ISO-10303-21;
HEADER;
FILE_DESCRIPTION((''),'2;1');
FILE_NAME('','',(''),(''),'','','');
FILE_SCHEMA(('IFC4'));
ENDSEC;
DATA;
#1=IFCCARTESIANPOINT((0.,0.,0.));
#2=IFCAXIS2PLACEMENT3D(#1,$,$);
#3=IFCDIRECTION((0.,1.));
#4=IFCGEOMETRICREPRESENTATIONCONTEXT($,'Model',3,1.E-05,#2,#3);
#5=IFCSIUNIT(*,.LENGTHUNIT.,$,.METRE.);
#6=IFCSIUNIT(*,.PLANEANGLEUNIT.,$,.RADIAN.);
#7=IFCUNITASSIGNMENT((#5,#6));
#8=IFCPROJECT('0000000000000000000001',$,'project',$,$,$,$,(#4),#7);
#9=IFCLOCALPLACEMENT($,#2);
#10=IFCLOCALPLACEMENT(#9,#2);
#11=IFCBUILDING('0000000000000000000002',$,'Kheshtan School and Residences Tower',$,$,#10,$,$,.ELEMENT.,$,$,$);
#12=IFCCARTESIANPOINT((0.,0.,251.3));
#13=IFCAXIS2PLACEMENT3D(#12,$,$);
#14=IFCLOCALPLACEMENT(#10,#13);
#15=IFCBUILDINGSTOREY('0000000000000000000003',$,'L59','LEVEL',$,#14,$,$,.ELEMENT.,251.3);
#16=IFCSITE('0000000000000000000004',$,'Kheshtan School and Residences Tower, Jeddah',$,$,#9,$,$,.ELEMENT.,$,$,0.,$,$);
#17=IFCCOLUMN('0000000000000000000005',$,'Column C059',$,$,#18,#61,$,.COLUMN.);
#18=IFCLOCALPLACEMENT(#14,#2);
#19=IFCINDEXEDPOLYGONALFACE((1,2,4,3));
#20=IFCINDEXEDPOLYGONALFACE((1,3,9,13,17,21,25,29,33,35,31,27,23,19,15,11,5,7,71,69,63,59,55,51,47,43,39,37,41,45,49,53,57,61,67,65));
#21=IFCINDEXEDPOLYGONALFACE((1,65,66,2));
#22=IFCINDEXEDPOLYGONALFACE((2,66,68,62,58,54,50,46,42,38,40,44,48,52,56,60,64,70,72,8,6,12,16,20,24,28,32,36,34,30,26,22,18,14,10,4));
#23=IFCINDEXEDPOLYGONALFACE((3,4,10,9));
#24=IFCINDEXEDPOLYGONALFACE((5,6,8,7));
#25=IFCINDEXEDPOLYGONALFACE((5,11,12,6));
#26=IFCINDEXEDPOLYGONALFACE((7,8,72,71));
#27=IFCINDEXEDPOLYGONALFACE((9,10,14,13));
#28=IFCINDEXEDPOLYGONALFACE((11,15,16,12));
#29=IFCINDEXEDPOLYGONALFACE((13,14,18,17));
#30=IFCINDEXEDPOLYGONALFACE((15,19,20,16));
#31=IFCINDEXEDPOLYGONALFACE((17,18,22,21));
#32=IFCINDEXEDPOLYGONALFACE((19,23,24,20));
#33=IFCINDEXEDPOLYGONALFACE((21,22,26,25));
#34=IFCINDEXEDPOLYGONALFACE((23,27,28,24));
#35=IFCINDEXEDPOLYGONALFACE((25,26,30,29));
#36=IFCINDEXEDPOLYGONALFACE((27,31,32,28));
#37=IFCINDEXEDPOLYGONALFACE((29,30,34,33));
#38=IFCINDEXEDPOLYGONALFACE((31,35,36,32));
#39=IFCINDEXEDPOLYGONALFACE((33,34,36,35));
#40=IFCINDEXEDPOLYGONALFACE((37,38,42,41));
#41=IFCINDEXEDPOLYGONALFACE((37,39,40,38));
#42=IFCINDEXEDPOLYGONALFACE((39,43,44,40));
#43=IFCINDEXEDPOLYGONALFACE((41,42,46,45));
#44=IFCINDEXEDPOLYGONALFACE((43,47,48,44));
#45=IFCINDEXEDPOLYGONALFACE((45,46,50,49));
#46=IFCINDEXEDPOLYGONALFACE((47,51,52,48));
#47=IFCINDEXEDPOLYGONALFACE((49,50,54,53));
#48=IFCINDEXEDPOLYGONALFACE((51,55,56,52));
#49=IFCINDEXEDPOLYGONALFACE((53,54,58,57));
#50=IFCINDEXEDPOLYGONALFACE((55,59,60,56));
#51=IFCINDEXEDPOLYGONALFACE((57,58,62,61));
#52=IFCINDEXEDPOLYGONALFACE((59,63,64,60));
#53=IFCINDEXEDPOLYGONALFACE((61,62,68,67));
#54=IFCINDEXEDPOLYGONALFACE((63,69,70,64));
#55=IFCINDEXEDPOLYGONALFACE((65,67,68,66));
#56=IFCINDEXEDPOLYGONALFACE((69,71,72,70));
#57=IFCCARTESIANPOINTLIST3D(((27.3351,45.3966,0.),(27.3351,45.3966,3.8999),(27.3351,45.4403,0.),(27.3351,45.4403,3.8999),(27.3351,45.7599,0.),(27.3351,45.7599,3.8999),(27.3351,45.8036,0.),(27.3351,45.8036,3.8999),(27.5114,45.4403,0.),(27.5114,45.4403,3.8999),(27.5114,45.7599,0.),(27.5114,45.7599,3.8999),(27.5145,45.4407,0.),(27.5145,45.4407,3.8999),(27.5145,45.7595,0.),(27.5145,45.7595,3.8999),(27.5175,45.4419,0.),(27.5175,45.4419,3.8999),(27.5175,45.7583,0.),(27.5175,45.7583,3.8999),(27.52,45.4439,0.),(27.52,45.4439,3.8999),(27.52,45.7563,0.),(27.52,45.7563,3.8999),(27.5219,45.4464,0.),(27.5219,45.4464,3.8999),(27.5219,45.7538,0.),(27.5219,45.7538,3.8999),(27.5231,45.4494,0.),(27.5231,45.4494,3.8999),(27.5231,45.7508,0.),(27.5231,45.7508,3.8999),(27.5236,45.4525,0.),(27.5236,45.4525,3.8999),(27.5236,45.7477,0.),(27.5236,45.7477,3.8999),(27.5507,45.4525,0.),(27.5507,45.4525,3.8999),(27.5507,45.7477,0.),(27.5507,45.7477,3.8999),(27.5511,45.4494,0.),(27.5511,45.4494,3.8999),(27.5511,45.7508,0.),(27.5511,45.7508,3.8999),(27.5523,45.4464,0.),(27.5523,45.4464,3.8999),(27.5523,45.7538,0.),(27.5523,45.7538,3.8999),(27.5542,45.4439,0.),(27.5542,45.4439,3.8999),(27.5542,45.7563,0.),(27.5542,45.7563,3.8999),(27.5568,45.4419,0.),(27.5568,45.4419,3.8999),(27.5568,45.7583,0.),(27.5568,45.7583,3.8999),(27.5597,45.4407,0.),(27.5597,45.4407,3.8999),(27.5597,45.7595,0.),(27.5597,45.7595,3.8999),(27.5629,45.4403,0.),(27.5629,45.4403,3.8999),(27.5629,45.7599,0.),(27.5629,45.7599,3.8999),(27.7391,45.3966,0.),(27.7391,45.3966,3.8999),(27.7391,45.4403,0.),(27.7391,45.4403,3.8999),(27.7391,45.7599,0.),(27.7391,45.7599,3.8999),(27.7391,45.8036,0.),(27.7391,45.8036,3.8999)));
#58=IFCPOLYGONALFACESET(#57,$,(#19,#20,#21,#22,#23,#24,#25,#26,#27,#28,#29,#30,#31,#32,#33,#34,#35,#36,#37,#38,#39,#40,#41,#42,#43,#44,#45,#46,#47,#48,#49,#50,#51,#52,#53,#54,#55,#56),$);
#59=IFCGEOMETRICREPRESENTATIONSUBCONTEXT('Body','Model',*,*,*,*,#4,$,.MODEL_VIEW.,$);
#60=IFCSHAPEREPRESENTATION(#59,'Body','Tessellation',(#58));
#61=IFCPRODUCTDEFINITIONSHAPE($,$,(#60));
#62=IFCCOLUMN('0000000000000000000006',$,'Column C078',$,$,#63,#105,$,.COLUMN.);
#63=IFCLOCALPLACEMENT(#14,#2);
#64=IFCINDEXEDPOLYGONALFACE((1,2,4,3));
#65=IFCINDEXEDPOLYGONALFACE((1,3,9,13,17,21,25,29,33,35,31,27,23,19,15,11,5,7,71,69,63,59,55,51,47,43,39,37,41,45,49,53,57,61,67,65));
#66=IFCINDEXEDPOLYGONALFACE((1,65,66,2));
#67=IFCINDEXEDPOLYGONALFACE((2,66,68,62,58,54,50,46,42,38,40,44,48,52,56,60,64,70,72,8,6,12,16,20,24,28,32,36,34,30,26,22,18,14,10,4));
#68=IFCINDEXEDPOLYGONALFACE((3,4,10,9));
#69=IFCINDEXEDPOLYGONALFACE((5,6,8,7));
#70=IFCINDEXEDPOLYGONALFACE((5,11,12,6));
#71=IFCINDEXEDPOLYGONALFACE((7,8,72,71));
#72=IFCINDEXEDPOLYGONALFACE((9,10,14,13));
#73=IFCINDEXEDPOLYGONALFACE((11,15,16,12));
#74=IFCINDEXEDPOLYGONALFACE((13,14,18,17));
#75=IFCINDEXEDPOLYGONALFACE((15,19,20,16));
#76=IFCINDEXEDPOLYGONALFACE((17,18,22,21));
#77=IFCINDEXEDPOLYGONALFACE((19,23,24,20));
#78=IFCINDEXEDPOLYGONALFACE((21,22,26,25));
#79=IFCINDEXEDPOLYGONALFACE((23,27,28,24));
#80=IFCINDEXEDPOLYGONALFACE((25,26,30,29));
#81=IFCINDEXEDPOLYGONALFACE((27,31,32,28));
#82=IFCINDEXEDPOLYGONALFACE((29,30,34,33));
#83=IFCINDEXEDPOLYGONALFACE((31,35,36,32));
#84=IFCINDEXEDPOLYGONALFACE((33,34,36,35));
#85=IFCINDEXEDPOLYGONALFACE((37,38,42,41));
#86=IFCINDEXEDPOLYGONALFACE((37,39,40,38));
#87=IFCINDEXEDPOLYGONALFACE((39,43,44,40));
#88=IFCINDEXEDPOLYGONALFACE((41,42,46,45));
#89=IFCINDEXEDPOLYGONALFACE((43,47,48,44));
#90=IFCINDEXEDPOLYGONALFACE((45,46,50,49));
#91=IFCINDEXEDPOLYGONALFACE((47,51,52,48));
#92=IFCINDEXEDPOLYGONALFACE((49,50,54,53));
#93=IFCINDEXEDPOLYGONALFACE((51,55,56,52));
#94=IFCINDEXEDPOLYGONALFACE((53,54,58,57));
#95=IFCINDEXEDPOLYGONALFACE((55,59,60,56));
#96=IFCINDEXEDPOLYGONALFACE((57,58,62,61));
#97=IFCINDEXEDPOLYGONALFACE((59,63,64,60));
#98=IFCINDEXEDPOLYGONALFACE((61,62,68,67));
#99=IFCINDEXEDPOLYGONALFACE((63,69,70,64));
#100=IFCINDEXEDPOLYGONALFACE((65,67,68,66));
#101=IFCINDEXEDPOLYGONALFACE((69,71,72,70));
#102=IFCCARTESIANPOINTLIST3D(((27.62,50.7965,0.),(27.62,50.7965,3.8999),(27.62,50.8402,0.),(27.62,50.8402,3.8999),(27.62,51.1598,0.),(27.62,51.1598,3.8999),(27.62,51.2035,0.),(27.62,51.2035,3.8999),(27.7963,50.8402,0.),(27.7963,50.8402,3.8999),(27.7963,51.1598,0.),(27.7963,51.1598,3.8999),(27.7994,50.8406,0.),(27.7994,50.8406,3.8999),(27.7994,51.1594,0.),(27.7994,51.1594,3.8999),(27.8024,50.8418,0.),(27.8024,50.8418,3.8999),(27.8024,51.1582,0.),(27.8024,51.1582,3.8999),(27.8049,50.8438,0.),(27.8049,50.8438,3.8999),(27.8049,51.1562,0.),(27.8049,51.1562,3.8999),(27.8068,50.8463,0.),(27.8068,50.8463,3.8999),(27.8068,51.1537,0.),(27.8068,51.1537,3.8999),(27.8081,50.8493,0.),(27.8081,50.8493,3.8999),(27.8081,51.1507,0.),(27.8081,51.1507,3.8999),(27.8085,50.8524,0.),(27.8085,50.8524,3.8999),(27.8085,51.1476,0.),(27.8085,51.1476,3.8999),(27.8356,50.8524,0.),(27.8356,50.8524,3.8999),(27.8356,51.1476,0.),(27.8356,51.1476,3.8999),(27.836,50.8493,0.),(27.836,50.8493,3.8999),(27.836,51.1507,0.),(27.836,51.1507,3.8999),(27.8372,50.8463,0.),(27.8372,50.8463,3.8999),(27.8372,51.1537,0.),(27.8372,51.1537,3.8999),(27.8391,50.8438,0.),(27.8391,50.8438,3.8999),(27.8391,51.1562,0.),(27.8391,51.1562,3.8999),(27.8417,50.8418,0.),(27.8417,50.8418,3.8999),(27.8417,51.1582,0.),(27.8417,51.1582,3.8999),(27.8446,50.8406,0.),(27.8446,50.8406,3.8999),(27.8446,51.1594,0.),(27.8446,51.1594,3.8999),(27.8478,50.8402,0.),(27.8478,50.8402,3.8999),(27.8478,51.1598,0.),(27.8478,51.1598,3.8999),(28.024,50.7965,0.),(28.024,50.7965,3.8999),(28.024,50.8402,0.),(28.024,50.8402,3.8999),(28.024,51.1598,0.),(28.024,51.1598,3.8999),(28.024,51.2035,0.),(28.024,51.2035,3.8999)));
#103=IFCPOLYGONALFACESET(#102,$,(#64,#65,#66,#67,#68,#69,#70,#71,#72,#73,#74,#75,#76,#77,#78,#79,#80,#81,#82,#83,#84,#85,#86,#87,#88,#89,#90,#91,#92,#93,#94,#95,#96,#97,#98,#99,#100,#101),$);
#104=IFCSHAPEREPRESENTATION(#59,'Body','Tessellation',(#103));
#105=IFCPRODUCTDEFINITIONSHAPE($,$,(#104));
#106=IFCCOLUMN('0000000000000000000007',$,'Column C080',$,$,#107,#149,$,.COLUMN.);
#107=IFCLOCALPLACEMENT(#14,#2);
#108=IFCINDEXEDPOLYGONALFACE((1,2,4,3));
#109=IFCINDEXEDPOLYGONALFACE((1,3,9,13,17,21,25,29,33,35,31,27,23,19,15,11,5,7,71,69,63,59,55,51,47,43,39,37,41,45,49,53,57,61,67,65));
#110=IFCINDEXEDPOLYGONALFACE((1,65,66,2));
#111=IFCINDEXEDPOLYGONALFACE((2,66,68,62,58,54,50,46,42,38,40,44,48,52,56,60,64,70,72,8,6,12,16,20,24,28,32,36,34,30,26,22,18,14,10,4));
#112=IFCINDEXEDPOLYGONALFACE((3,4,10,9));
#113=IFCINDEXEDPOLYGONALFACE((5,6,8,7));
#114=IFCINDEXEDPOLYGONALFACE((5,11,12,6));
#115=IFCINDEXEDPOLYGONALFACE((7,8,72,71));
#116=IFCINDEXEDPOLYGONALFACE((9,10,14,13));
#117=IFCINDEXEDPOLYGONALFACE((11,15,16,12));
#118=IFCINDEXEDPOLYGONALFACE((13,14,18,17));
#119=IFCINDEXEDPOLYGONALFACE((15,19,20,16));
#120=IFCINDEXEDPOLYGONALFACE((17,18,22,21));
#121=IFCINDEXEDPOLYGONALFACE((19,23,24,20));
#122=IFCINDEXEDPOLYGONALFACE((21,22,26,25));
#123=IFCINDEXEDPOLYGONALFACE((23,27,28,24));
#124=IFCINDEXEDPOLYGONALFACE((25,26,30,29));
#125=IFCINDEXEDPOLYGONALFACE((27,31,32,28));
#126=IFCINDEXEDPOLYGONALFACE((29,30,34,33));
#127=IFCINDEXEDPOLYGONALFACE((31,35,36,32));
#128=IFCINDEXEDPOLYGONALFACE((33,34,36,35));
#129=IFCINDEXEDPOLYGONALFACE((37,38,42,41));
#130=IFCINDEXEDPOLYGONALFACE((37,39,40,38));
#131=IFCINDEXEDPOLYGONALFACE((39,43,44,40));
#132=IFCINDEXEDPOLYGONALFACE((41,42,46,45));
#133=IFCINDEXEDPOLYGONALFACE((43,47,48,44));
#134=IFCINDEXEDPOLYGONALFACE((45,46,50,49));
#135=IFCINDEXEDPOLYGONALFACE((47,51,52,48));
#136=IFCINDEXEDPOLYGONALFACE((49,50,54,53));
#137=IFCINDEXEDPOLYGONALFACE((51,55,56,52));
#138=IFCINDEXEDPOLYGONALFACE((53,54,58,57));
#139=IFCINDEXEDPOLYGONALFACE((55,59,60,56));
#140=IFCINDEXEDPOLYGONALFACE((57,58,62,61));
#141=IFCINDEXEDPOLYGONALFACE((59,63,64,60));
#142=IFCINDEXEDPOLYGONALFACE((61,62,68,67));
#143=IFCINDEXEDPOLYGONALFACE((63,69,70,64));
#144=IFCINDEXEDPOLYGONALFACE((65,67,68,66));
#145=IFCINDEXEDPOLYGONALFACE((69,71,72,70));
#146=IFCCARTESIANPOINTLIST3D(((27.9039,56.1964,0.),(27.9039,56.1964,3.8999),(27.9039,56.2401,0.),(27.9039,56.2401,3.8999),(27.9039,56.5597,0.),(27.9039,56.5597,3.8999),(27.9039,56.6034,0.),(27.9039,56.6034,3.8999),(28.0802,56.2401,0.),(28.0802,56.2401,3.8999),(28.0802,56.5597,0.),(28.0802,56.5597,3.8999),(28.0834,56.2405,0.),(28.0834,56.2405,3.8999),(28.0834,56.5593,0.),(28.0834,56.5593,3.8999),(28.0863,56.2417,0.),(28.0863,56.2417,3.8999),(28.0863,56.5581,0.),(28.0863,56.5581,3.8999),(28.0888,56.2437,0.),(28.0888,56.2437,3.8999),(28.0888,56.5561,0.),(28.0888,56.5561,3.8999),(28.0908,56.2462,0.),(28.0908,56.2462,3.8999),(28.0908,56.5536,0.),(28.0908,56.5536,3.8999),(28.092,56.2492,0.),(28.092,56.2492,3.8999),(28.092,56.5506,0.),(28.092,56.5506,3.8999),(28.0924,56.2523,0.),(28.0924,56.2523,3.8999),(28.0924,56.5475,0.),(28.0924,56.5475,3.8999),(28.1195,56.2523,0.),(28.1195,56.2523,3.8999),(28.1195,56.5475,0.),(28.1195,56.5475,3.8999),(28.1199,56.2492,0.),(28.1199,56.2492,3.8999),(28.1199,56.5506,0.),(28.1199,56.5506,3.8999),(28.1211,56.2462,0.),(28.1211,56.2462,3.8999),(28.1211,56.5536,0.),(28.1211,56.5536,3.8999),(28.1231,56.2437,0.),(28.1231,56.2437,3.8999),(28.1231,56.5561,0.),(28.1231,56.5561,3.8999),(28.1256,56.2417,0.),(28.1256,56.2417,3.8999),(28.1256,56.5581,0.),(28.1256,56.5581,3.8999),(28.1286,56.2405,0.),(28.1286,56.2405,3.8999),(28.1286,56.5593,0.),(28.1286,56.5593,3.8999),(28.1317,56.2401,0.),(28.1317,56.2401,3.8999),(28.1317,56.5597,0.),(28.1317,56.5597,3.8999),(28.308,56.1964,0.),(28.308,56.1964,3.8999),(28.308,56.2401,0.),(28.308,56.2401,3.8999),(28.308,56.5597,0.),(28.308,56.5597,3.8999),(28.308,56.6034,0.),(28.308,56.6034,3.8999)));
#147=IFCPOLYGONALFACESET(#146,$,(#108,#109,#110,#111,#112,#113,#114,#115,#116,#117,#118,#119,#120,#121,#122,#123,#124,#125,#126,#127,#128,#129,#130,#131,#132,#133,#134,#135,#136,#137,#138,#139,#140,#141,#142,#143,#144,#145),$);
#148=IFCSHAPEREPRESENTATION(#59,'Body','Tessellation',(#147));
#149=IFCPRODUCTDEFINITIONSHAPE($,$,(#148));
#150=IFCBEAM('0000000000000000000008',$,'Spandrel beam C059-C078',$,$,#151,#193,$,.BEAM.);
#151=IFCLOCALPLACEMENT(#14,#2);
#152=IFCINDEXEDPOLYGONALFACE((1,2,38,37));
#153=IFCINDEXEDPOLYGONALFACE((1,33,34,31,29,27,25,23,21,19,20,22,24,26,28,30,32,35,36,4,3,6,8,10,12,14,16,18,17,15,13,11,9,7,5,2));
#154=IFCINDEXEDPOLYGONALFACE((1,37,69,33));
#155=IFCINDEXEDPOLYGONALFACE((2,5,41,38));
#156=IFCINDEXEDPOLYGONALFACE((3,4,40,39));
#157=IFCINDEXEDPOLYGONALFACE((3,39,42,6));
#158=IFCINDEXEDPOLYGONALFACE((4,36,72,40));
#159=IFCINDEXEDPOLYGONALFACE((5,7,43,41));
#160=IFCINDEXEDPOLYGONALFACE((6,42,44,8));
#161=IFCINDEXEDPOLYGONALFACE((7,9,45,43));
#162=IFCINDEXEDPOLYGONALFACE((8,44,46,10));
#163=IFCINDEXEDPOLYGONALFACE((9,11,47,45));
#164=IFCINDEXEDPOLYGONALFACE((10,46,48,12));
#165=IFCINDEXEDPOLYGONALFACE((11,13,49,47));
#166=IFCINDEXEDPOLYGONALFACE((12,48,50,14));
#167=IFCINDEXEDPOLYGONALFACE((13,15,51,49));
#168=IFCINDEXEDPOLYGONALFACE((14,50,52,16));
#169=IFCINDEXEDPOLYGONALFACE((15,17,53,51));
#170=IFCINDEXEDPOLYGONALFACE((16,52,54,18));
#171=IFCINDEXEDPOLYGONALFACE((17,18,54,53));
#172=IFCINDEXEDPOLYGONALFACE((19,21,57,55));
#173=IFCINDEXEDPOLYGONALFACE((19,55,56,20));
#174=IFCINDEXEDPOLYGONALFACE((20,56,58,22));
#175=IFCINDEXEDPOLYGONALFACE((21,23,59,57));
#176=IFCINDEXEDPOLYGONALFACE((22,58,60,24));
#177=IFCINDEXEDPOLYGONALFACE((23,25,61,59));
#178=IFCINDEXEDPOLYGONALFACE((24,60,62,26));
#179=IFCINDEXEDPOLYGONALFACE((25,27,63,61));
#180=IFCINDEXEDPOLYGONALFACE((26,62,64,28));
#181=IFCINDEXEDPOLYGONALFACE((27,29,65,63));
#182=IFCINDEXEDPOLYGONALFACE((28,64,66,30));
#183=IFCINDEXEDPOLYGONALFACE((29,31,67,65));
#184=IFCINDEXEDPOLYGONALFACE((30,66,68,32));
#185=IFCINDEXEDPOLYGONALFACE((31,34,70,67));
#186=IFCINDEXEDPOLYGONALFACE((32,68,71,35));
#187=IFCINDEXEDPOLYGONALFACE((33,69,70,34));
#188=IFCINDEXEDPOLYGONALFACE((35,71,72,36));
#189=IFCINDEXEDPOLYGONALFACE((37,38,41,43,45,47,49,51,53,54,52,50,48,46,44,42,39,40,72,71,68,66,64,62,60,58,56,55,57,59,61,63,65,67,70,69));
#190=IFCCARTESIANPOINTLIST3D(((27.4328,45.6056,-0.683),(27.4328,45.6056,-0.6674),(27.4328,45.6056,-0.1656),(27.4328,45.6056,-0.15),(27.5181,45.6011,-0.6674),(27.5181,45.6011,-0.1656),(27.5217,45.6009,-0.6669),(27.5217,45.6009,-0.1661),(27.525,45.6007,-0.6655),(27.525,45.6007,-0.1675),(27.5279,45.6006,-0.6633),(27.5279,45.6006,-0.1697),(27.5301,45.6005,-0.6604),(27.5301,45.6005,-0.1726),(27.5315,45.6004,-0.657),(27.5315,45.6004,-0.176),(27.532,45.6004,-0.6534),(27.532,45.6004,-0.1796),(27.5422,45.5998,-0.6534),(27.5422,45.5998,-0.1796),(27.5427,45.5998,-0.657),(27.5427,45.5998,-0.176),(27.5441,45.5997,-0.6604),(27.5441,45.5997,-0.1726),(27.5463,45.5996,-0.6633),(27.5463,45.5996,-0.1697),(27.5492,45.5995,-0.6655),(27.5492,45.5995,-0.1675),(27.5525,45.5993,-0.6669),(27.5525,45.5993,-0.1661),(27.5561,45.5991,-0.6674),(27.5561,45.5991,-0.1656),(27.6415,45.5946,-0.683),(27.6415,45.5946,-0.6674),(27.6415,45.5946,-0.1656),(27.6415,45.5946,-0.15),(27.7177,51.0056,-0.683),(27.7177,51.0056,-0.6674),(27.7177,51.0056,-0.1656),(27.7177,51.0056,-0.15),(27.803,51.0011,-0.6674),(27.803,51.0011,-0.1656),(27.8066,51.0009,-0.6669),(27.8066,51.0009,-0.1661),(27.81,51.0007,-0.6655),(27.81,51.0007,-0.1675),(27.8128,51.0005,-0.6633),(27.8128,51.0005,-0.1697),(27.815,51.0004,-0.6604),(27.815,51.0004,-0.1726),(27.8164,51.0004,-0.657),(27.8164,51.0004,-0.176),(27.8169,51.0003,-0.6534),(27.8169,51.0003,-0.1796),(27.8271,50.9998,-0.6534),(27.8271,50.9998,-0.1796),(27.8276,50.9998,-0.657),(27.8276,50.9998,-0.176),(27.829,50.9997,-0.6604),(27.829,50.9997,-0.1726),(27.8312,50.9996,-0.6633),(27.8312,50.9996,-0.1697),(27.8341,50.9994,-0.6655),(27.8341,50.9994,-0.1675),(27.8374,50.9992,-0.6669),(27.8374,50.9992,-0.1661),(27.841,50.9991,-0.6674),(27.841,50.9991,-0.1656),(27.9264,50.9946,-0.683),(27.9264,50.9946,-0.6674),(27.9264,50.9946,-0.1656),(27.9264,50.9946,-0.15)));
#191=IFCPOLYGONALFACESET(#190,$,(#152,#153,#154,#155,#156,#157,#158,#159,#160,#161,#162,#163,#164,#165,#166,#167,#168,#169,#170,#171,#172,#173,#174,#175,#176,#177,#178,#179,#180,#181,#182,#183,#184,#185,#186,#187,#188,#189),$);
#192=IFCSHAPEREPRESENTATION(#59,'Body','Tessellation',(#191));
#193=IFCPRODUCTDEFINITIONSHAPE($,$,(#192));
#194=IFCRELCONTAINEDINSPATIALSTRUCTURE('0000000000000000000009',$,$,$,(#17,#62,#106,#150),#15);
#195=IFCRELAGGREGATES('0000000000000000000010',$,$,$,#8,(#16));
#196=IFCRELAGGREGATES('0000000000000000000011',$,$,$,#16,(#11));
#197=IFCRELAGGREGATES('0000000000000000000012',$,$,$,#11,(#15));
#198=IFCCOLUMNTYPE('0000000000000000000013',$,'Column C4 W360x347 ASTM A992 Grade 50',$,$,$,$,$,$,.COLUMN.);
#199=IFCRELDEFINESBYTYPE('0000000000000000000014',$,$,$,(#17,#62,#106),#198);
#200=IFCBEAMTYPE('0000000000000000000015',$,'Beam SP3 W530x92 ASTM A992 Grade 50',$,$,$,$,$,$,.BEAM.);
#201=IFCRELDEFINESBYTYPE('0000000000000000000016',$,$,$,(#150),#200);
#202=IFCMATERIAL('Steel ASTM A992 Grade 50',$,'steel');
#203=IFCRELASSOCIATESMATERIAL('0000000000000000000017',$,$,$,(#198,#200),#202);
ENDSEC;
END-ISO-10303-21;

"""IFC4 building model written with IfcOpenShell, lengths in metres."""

from ifc_helpers import new_model, si_unit, direction, frame, origin, origin_2d, place, context, subcontext, project, spatial, i_section, extrude, material, material_profile, profile_set, type_object, element, save


model = new_model("IFC4")

# Units and contexts
model_context = context("Model", 3, precision=1e-05, world=origin(), true_north=direction((0.0, 1.0)))
body_context = subcontext(model_context, "Body", "Model", "MODEL_VIEW")
ifc_project = project(units=[si_unit("LENGTHUNIT", "METRE"), si_unit("PLANEANGLEUNIT", "RADIAN")], contexts=[model_context])

# Site, building, storey
site_placement = place(None, origin())
site = spatial("IfcSite", under=ifc_project, at=site_placement, Name="Kheshtan School and Residences Tower, Jeddah", CompositionType="ELEMENT", RefElevation=0.0)
building_placement = place(site_placement, origin())
building = spatial("IfcBuilding", under=site, at=building_placement, Name="Kheshtan School and Residences Tower", CompositionType="ELEMENT")
storey_placement = place(building_placement, frame((0.0, 0.0, 251.3)))
storey = spatial("IfcBuildingStorey", under=building, at=storey_placement, Name="L59", Description="LEVEL", CompositionType="ELEMENT", Elevation=251.3)

# Columns
ifc_material_1 = material(Name="Steel ASTM A992 Grade 50", Category="steel")
ifc_material_profile_1 = material_profile(ifc_material_1, i_section(OverallWidth=0.4041, OverallDepth=0.407, WebThickness=0.0271, FlangeThickness=0.0437, FilletRadius=0.0122, at=origin_2d()), Name="W360x347")
ifc_profile_set_1 = profile_set([ifc_material_profile_1], Name="Steel ASTM A992 Grade 50")
column_type = type_object("IfcColumnType", Name="Column C4 W360x347 ASTM A992 Grade 50", PredefinedType="COLUMN", material=ifc_profile_set_1)
for number, where, z_axis, x_axis, name in (
    (1, (27.5371, 45.6001, 0.0), (0.0, 0.0, 1.0), (1.0, 0.0, 0.0), "Column C059"),
    (2, (27.822, 51.0, 0.0), (0.0, 0.0, 1.0), (1.0, 0.0, 0.0), "Column C078"),
    (3, (28.106, 56.3999, 0.0), (0.0, 0.0, 1.0), (1.0, 0.0, 0.0), "Column C080"),
):
    element("IfcColumn", number, at=place(storey_placement, frame(where, z_axis=z_axis, x_axis=x_axis)), inside=storey, type_object=column_type, Name=name, PredefinedType="COLUMN", context=body_context, shape_type="SweptSolid", body=[
        extrude(i_section(OverallWidth=0.4041, OverallDepth=0.407, WebThickness=0.0271, FlangeThickness=0.0437, FilletRadius=0.0122, at=origin_2d()), origin(), (0.0, 0.0, 1.0), 3.8999),
    ])

# Beam
ifc_material_profile_2 = material_profile(ifc_material_1, i_section(OverallWidth=0.209, OverallDepth=0.533, WebThickness=0.0103, FlangeThickness=0.0156, FilletRadius=0.0139, at=origin_2d()), Name="W530x92")
ifc_profile_set_2 = profile_set([ifc_material_profile_2], Name="Steel ASTM A992 Grade 50")
beam_type = type_object("IfcBeamType", Name="Beam SP3 W530x92 ASTM A992 Grade 50", PredefinedType="BEAM", material=ifc_profile_set_2)
for number, where, z_axis, x_axis, name in (
    (4, (27.5371, 45.6001, -0.4165), (0.052689, 0.998611, 0.0), (-0.998611, 0.052689, 0.0), "Spandrel beam C059-C078"),
):
    element("IfcBeam", number, at=place(storey_placement, frame(where, z_axis=z_axis, x_axis=x_axis)), inside=storey, type_object=beam_type, Name=name, PredefinedType="BEAM", context=body_context, shape_type="SweptSolid", body=[
        extrude(i_section(OverallWidth=0.209, OverallDepth=0.533, WebThickness=0.0103, FlangeThickness=0.0156, FilletRadius=0.0139, at=origin_2d()), origin(), (0.0, 0.0, 1.0), 5.4075),
    ])

save(model, "model.ifc")
